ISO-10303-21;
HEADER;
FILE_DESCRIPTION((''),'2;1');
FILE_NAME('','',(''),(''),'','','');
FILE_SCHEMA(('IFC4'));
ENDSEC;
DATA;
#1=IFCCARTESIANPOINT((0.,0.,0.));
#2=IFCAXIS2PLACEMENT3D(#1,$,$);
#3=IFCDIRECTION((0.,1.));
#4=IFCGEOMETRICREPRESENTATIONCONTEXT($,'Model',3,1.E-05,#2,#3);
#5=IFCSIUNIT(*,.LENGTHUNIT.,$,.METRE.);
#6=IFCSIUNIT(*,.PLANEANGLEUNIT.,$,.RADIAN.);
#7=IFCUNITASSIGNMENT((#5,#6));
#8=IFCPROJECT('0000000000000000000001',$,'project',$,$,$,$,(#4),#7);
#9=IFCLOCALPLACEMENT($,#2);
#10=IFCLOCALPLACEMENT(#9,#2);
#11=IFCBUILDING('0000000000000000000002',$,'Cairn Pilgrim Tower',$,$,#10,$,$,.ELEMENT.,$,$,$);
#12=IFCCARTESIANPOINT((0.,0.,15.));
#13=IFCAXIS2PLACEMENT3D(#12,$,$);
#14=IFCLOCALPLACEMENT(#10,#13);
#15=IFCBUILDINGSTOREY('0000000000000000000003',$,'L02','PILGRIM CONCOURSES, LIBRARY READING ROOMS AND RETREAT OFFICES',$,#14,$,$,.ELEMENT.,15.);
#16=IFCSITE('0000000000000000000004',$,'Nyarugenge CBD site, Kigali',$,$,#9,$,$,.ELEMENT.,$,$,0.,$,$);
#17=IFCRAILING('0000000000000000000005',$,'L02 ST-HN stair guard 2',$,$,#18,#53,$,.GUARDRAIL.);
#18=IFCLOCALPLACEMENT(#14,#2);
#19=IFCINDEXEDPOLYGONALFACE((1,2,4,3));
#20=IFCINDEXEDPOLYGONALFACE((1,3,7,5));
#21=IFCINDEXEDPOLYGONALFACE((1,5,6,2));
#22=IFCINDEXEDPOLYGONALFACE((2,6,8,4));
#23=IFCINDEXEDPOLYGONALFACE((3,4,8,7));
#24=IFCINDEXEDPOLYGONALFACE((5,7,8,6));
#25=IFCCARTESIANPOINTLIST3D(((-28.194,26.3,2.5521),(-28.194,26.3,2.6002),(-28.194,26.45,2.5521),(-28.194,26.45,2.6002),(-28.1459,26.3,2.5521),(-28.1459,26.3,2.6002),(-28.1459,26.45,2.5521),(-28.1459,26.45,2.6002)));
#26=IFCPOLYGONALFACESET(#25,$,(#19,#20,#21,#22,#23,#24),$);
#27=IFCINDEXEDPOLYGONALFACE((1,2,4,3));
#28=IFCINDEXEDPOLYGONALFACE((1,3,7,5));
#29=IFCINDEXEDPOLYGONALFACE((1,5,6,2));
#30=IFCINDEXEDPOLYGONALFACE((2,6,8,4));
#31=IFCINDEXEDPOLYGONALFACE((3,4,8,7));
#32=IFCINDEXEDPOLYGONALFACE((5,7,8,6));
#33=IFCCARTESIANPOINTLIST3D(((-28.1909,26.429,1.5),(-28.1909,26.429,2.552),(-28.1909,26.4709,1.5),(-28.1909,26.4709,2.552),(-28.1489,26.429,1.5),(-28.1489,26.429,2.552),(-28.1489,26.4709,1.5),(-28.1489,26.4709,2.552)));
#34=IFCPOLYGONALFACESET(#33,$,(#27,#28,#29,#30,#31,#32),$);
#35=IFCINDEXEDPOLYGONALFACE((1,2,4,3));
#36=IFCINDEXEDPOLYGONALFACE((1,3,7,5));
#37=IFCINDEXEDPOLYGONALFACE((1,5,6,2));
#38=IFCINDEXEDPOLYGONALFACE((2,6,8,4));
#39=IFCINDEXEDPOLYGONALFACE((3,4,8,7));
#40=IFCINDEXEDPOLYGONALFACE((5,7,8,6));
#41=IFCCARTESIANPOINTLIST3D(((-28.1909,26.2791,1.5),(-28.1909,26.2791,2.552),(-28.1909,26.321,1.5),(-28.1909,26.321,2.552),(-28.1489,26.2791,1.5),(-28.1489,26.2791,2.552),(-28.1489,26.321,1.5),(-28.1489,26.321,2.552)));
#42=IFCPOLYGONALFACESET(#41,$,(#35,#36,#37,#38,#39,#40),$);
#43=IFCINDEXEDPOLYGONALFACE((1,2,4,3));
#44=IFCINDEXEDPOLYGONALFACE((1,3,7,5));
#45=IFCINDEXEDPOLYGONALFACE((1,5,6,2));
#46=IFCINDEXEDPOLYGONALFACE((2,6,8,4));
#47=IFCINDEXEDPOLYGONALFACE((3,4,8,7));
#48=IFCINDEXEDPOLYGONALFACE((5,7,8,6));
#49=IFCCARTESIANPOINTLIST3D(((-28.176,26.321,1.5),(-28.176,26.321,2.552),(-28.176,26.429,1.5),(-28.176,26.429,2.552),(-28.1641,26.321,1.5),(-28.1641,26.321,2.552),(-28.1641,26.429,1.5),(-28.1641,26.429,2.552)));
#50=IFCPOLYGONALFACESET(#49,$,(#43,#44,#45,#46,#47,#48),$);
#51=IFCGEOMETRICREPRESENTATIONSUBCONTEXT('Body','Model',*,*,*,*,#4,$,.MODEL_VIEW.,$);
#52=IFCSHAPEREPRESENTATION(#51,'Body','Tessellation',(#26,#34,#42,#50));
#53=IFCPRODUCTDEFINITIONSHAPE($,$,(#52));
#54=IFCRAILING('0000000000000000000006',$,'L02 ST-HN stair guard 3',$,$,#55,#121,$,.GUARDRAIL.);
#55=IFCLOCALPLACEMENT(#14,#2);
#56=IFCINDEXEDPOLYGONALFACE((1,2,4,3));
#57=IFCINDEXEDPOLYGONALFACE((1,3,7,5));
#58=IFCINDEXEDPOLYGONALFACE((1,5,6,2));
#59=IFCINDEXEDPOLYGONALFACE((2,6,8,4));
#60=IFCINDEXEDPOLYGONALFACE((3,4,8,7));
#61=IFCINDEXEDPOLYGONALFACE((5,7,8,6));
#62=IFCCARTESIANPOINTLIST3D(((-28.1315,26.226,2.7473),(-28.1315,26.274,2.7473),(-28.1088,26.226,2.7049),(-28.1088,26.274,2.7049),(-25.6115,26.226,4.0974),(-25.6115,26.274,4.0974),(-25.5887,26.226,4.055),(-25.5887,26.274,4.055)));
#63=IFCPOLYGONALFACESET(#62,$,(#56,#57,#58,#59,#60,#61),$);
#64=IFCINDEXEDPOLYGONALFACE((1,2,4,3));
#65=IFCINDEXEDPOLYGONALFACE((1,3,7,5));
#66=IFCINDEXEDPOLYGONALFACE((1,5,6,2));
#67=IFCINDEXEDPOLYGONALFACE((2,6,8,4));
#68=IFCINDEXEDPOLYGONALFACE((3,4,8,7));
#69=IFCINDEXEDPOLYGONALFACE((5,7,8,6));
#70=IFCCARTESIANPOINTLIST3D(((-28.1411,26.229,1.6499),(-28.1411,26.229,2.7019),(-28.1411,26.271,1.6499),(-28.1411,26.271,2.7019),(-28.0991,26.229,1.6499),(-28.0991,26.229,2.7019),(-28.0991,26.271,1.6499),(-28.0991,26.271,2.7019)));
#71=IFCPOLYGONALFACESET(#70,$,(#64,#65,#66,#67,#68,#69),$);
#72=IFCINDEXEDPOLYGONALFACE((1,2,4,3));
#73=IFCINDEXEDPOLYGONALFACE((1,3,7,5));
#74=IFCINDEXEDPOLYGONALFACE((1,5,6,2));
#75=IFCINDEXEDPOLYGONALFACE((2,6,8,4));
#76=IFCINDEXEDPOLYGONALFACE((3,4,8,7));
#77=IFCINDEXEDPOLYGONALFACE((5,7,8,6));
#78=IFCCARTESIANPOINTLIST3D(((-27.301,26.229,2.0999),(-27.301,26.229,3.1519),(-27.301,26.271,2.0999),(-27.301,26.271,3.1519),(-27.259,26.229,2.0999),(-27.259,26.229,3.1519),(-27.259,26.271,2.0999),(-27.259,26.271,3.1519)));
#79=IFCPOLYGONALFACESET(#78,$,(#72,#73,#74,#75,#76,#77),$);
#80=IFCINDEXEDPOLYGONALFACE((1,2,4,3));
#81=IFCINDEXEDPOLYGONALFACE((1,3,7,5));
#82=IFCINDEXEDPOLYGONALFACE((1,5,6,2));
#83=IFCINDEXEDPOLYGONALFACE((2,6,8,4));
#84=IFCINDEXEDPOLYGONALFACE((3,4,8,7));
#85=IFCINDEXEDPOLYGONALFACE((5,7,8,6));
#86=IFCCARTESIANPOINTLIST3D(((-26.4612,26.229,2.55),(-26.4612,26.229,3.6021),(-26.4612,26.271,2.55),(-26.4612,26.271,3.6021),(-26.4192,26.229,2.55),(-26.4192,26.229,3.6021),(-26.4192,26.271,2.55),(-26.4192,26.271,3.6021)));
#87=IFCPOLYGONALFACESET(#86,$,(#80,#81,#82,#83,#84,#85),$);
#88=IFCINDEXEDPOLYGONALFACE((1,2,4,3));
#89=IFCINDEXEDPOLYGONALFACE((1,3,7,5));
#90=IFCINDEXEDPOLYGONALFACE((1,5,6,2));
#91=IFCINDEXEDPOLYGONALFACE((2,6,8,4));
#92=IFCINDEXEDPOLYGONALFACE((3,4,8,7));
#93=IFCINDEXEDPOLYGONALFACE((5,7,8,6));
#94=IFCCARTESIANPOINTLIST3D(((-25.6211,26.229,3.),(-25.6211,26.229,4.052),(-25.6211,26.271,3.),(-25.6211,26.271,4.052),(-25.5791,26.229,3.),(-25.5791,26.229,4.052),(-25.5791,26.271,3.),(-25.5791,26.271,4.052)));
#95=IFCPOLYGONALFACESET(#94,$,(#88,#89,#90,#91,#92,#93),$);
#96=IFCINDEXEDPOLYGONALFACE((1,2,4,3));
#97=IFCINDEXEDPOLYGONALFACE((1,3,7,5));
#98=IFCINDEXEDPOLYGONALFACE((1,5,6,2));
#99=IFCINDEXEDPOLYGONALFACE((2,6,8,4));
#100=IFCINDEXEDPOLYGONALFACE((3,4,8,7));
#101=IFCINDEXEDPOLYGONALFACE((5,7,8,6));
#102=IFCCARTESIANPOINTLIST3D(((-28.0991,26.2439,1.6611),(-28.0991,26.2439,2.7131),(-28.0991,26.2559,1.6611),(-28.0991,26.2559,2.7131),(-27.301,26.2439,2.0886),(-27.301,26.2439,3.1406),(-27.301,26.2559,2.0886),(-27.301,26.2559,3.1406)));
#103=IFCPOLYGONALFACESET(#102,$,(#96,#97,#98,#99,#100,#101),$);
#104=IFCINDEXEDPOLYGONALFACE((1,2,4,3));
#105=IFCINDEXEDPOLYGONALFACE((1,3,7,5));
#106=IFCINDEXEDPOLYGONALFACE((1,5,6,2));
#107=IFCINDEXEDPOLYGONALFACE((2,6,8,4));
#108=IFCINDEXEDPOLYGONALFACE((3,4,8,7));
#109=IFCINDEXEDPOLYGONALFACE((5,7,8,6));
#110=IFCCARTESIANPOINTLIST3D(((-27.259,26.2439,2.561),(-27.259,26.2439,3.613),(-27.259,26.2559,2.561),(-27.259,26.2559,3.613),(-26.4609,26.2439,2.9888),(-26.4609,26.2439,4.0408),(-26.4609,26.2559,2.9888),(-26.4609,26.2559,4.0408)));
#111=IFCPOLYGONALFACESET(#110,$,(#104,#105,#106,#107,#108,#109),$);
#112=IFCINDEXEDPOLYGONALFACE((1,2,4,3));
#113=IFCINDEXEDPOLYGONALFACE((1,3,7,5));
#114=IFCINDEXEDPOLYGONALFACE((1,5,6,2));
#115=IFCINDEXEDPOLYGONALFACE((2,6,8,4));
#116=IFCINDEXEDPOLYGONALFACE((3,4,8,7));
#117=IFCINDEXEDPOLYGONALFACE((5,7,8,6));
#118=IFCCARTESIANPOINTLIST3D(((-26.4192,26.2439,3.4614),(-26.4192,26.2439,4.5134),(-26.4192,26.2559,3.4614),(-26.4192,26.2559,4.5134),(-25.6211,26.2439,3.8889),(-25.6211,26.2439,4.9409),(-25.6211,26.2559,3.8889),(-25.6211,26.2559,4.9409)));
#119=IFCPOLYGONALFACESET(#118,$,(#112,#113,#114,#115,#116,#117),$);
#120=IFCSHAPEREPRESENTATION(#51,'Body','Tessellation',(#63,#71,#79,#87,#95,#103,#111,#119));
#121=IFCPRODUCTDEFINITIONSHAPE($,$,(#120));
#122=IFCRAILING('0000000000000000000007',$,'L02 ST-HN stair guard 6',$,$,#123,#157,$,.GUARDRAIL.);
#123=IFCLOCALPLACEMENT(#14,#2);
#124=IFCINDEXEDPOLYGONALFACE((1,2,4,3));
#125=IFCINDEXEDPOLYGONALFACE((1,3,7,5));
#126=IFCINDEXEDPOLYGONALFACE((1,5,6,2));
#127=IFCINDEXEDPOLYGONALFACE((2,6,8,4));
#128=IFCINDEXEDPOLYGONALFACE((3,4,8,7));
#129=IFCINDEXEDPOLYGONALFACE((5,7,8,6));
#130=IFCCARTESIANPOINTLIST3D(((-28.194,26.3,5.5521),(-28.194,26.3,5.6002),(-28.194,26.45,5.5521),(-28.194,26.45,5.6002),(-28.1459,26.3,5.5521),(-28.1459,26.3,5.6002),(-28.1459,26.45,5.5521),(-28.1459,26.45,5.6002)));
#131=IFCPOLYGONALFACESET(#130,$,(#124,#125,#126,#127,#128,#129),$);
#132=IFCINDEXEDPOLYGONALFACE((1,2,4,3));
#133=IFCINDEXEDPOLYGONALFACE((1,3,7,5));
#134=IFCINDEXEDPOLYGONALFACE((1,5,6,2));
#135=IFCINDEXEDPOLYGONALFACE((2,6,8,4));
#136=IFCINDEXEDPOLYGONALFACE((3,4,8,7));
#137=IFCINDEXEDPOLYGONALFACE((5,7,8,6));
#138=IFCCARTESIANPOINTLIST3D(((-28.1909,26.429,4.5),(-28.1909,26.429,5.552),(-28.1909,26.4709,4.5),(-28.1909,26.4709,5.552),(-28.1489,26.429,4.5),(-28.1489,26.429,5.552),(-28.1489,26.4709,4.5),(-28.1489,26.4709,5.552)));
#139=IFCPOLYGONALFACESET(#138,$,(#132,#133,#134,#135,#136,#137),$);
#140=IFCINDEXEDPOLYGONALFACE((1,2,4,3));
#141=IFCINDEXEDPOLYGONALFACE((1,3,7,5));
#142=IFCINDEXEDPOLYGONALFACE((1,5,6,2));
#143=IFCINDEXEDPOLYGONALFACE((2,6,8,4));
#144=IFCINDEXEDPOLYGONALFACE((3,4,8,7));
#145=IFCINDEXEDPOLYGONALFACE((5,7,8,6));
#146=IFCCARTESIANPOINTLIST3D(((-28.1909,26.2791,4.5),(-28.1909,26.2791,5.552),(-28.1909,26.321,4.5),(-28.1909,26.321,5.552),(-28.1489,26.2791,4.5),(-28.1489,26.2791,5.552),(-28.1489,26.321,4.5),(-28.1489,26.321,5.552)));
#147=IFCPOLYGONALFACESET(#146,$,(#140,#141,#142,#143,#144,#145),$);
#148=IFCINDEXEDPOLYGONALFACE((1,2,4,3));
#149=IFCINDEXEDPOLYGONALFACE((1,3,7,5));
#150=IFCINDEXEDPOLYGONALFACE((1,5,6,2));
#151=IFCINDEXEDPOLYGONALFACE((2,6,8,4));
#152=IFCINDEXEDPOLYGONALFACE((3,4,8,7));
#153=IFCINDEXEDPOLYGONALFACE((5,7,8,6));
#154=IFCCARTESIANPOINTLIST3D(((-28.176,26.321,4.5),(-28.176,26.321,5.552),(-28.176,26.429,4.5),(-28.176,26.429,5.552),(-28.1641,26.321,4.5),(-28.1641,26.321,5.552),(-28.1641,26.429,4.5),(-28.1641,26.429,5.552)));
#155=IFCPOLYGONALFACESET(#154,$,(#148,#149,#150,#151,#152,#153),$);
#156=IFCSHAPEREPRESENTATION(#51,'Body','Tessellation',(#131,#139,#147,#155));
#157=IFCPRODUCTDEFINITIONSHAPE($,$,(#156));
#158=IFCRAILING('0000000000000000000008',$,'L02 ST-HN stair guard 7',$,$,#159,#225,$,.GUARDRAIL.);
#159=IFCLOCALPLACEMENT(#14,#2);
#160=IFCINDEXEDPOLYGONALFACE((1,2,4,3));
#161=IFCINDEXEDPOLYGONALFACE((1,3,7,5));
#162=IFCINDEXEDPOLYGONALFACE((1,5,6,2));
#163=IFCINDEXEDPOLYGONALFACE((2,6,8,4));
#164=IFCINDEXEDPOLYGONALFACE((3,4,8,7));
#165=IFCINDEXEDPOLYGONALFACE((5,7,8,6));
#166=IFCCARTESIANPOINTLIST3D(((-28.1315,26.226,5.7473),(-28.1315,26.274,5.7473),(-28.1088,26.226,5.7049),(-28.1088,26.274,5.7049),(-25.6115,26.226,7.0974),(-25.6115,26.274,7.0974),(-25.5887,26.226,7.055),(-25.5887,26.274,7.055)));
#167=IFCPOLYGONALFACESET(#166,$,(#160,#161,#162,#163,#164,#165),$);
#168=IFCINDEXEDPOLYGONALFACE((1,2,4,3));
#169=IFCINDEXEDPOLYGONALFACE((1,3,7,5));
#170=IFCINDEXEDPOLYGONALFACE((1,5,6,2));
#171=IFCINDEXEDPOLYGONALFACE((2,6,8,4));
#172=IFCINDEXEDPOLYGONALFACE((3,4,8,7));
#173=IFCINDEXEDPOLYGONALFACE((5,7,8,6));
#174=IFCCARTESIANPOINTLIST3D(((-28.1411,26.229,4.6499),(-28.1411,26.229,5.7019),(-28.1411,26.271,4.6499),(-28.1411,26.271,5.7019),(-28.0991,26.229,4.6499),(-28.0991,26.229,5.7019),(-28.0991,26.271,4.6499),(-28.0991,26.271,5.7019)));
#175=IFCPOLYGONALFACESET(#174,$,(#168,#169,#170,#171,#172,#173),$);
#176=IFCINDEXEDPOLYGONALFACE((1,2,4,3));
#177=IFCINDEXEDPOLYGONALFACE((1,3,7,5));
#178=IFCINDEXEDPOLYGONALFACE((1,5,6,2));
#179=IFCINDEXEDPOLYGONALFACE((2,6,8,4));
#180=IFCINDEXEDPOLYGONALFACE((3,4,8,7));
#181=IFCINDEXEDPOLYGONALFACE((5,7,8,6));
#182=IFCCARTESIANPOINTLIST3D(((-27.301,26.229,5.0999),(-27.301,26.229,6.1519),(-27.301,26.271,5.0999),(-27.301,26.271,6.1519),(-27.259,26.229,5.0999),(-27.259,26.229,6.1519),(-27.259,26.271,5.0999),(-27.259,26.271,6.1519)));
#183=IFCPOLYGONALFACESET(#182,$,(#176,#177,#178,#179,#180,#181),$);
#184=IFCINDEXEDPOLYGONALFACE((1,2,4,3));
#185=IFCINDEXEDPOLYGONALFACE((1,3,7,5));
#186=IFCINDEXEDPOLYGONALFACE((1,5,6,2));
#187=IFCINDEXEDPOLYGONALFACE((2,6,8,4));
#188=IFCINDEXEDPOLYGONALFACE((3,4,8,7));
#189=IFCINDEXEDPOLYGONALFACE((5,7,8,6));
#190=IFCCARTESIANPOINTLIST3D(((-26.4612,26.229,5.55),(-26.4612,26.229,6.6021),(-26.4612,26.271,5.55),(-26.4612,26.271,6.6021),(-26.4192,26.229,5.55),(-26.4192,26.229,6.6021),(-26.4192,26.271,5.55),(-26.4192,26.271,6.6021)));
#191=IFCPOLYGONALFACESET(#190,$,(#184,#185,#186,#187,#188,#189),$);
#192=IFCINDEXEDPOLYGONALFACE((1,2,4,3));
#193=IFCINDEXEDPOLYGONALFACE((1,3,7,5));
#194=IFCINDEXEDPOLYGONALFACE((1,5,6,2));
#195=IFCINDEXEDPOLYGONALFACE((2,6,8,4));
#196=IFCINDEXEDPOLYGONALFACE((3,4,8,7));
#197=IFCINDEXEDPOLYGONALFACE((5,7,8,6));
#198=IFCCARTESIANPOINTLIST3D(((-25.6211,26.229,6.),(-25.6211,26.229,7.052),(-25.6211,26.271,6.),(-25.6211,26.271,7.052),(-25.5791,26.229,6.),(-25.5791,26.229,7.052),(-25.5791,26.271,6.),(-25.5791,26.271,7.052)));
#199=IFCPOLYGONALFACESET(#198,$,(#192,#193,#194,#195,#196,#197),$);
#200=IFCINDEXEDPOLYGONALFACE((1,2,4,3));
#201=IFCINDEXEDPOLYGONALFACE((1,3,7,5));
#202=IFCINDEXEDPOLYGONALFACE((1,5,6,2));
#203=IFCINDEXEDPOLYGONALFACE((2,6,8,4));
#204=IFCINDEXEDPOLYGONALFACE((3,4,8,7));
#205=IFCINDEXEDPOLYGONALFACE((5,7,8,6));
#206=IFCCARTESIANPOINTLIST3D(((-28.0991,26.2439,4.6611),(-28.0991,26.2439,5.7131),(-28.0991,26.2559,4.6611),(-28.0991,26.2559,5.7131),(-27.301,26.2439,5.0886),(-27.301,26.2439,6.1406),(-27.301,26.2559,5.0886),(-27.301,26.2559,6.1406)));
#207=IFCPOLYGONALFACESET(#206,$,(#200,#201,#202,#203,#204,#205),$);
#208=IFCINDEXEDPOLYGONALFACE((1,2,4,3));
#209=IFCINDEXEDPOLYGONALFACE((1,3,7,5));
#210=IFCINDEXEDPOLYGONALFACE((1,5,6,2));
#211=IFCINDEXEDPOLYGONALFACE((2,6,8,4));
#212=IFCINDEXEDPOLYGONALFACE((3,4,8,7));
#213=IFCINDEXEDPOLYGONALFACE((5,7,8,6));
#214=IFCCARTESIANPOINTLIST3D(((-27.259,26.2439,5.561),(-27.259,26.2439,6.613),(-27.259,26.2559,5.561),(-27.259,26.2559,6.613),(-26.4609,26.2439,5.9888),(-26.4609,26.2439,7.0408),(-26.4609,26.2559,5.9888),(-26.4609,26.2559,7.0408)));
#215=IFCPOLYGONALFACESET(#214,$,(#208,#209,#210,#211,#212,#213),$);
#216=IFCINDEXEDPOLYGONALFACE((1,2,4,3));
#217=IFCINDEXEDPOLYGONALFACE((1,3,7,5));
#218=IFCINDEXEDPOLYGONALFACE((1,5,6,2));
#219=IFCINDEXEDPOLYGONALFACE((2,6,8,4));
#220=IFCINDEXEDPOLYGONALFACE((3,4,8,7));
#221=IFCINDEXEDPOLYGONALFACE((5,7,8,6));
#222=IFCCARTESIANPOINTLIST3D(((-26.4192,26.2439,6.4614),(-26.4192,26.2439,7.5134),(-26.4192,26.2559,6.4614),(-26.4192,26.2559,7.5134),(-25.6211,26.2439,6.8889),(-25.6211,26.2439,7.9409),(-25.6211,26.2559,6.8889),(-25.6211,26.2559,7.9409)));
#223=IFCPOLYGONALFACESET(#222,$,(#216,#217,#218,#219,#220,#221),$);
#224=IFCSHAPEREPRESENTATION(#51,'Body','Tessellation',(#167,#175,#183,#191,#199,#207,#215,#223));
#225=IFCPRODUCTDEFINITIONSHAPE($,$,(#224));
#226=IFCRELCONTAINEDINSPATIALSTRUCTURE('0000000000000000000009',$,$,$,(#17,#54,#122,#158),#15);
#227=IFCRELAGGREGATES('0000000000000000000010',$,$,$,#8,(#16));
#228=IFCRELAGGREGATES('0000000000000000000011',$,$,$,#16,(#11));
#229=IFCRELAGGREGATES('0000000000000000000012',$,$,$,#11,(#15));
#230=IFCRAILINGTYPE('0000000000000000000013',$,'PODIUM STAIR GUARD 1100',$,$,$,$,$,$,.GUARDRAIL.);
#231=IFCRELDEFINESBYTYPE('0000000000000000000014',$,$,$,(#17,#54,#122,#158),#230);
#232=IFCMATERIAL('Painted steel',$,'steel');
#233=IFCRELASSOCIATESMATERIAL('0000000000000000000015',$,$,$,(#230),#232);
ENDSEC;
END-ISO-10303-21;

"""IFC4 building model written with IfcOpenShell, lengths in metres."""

from ifc_helpers import new_model, si_unit, direction, frame, origin, origin_2d, place, context, subcontext, project, spatial, polyline, rectangle, outline, extrude, material, type_object, element, save


model = new_model("IFC4")

# Units and contexts
model_context = context("Model", 3, precision=1e-05, world=origin(), true_north=direction((0.0, 1.0)))
body_context = subcontext(model_context, "Body", "Model", "MODEL_VIEW")
ifc_project = project(units=[si_unit("LENGTHUNIT", "METRE"), si_unit("PLANEANGLEUNIT", "RADIAN")], contexts=[model_context])

# Site, building, storey
site_placement = place(None, origin())
site = spatial("IfcSite", under=ifc_project, at=site_placement, Name="Nyarugenge CBD site, Kigali", CompositionType="ELEMENT", RefElevation=0.0)
building_placement = place(site_placement, origin())
building = spatial("IfcBuilding", under=site, at=building_placement, Name="Cairn Pilgrim Tower", CompositionType="ELEMENT")
storey_placement = place(building_placement, frame((0.0, 0.0, 15.0)))
storey = spatial("IfcBuildingStorey", under=building, at=storey_placement, Name="L02", Description="PILGRIM CONCOURSES, LIBRARY READING ROOMS AND RETREAT OFFICES", CompositionType="ELEMENT", Elevation=15.0)

# Railings
ifc_material_1 = material(Name="Painted steel", Category="steel")
railing_type_1 = type_object("IfcRailingType", Name="PODIUM STAIR GUARD 1100", PredefinedType="GUARDRAIL", material=ifc_material_1)
railing_1_placement = place(storey_placement, frame((-28.1699, 26.45, 1.5)))
element("IfcRailing", 1, at=railing_1_placement, inside=storey, type_object=railing_type_1, Name="L02 ST-HN stair guard 2", PredefinedType="GUARDRAIL", context=body_context, shape_type="SweptSolid", body=[
    extrude(rectangle(XDim=0.0481, YDim=0.0481, at=origin_2d()), frame((0.0, 0.0, 1.0762), z_axis=(0.0, -1.0, 0.0), x_axis=(1.0, 0.0, 0.0)), (0.0, 0.0, 1.0), 0.1499),
    extrude(rectangle(XDim=0.042, YDim=0.042, at=origin_2d()), origin(), (0.0, 0.0, 1.0), 1.052),
    extrude(rectangle(XDim=0.042, YDim=0.042, at=origin_2d()), frame((0.0, -0.1499, 0.0)), (0.0, 0.0, 1.0), 1.052),
    extrude(outline(polyline([(0.021, 0.0), (0.1289, 0.0), (0.1289, 1.052), (0.021, 1.052), (0.021, 0.0)])), frame((0.0059, 0.0, 0.0), z_axis=(-1.0, 0.0, 0.0), x_axis=(0.0, -1.0, 0.0)), (0.0, 0.0, 1.0), 0.012),
])
railing_2_placement = place(storey_placement, frame((-28.1201, 26.25, 1.6499)))
element("IfcRailing", 2, at=railing_2_placement, inside=storey, type_object=railing_type_1, Name="L02 ST-HN stair guard 3", PredefinedType="GUARDRAIL", context=body_context, shape_type="SweptSolid", body=[
    extrude(rectangle(XDim=0.0481, YDim=0.0481, at=origin_2d()), frame((0.0, 0.0, 1.0762), z_axis=(0.881467, 0.0, 0.472245), x_axis=(0.0, 1.0, 0.0)), (0.0, 0.0, 1.0), 2.8589),
    extrude(rectangle(XDim=0.042, YDim=0.042, at=origin_2d()), origin(), (0.0, 0.0, 1.0), 1.052),
    extrude(rectangle(XDim=0.042, YDim=0.042, at=origin_2d()), frame((0.8401, 0.0, 0.45)), (0.0, 0.0, 1.0), 1.052),
    extrude(rectangle(XDim=0.042, YDim=0.042, at=origin_2d()), frame((1.6799, 0.0, 0.9001)), (0.0, 0.0, 1.0), 1.052),
    extrude(rectangle(XDim=0.042, YDim=0.042, at=origin_2d()), frame((2.52, 0.0, 1.3501)), (0.0, 0.0, 1.0), 1.052),
    extrude(outline(polyline([(0.021, 0.0112), (0.8191, 0.4387), (0.8191, 1.4907), (0.021, 1.0632), (0.021, 0.0112)])), frame((0.0, 0.0059, 0.0), z_axis=(0.0, -1.0, 0.0), x_axis=(1.0, 0.0, 0.0)), (0.0, 0.0, 1.0), 0.012),
    extrude(outline(polyline([(0.021, 0.4612), (0.8191, 0.8889), (0.8191, 1.9409), (0.021, 1.5132), (0.021, 0.4612)])), frame((0.8401, 0.0059, 0.45), z_axis=(0.0, -1.0, 0.0), x_axis=(1.0, 0.0, 0.0)), (0.0, 0.0, 1.0), 0.012),
    extrude(outline(polyline([(0.021, 0.9114), (0.8191, 1.3389), (0.8191, 2.3909), (0.021, 1.9634), (0.021, 0.9114)])), frame((1.6799, 0.0059, 0.9001), z_axis=(0.0, -1.0, 0.0), x_axis=(1.0, 0.0, 0.0)), (0.0, 0.0, 1.0), 0.012),
])
railing_3_placement = place(storey_placement, frame((-28.1699, 26.45, 4.5)))
element("IfcRailing", 3, at=railing_3_placement, inside=storey, type_object=railing_type_1, Name="L02 ST-HN stair guard 6", PredefinedType="GUARDRAIL", context=body_context, shape_type="SweptSolid", body=[
    extrude(rectangle(XDim=0.0481, YDim=0.0481, at=origin_2d()), frame((0.0, 0.0, 1.0762), z_axis=(0.0, -1.0, 0.0), x_axis=(1.0, 0.0, 0.0)), (0.0, 0.0, 1.0), 0.1499),
    extrude(rectangle(XDim=0.042, YDim=0.042, at=origin_2d()), origin(), (0.0, 0.0, 1.0), 1.052),
    extrude(rectangle(XDim=0.042, YDim=0.042, at=origin_2d()), frame((0.0, -0.1499, 0.0)), (0.0, 0.0, 1.0), 1.052),
    extrude(outline(polyline([(0.021, 0.0), (0.1289, 0.0), (0.1289, 1.052), (0.021, 1.052), (0.021, 0.0)])), frame((0.0059, 0.0, 0.0), z_axis=(-1.0, 0.0, 0.0), x_axis=(0.0, -1.0, 0.0)), (0.0, 0.0, 1.0), 0.012),
])
railing_4_placement = place(storey_placement, frame((-28.1201, 26.25, 4.6499)))
element("IfcRailing", 4, at=railing_4_placement, inside=storey, type_object=railing_type_1, Name="L02 ST-HN stair guard 7", PredefinedType="GUARDRAIL", context=body_context, shape_type="SweptSolid", body=[
    extrude(rectangle(XDim=0.0481, YDim=0.0481, at=origin_2d()), frame((0.0, 0.0, 1.0762), z_axis=(0.881467, 0.0, 0.472245), x_axis=(0.0, 1.0, 0.0)), (0.0, 0.0, 1.0), 2.8589),
    extrude(rectangle(XDim=0.042, YDim=0.042, at=origin_2d()), origin(), (0.0, 0.0, 1.0), 1.052),
    extrude(rectangle(XDim=0.042, YDim=0.042, at=origin_2d()), frame((0.8401, 0.0, 0.45)), (0.0, 0.0, 1.0), 1.052),
    extrude(rectangle(XDim=0.042, YDim=0.042, at=origin_2d()), frame((1.6799, 0.0, 0.9001)), (0.0, 0.0, 1.0), 1.052),
    extrude(rectangle(XDim=0.042, YDim=0.042, at=origin_2d()), frame((2.52, 0.0, 1.3501)), (0.0, 0.0, 1.0), 1.052),
    extrude(outline(polyline([(0.021, 0.0112), (0.8191, 0.4387), (0.8191, 1.4907), (0.021, 1.0632), (0.021, 0.0112)])), frame((0.0, 0.0059, 0.0), z_axis=(0.0, -1.0, 0.0), x_axis=(1.0, 0.0, 0.0)), (0.0, 0.0, 1.0), 0.012),
    extrude(outline(polyline([(0.021, 0.4612), (0.8191, 0.8889), (0.8191, 1.9409), (0.021, 1.5132), (0.021, 0.4612)])), frame((0.8401, 0.0059, 0.45), z_axis=(0.0, -1.0, 0.0), x_axis=(1.0, 0.0, 0.0)), (0.0, 0.0, 1.0), 0.012),
    extrude(outline(polyline([(0.021, 0.9114), (0.8191, 1.3389), (0.8191, 2.3909), (0.021, 1.9634), (0.021, 0.9114)])), frame((1.6799, 0.0059, 0.9001), z_axis=(0.0, -1.0, 0.0), x_axis=(1.0, 0.0, 0.0)), (0.0, 0.0, 1.0), 0.012),
])

save(model, "model.ifc")
